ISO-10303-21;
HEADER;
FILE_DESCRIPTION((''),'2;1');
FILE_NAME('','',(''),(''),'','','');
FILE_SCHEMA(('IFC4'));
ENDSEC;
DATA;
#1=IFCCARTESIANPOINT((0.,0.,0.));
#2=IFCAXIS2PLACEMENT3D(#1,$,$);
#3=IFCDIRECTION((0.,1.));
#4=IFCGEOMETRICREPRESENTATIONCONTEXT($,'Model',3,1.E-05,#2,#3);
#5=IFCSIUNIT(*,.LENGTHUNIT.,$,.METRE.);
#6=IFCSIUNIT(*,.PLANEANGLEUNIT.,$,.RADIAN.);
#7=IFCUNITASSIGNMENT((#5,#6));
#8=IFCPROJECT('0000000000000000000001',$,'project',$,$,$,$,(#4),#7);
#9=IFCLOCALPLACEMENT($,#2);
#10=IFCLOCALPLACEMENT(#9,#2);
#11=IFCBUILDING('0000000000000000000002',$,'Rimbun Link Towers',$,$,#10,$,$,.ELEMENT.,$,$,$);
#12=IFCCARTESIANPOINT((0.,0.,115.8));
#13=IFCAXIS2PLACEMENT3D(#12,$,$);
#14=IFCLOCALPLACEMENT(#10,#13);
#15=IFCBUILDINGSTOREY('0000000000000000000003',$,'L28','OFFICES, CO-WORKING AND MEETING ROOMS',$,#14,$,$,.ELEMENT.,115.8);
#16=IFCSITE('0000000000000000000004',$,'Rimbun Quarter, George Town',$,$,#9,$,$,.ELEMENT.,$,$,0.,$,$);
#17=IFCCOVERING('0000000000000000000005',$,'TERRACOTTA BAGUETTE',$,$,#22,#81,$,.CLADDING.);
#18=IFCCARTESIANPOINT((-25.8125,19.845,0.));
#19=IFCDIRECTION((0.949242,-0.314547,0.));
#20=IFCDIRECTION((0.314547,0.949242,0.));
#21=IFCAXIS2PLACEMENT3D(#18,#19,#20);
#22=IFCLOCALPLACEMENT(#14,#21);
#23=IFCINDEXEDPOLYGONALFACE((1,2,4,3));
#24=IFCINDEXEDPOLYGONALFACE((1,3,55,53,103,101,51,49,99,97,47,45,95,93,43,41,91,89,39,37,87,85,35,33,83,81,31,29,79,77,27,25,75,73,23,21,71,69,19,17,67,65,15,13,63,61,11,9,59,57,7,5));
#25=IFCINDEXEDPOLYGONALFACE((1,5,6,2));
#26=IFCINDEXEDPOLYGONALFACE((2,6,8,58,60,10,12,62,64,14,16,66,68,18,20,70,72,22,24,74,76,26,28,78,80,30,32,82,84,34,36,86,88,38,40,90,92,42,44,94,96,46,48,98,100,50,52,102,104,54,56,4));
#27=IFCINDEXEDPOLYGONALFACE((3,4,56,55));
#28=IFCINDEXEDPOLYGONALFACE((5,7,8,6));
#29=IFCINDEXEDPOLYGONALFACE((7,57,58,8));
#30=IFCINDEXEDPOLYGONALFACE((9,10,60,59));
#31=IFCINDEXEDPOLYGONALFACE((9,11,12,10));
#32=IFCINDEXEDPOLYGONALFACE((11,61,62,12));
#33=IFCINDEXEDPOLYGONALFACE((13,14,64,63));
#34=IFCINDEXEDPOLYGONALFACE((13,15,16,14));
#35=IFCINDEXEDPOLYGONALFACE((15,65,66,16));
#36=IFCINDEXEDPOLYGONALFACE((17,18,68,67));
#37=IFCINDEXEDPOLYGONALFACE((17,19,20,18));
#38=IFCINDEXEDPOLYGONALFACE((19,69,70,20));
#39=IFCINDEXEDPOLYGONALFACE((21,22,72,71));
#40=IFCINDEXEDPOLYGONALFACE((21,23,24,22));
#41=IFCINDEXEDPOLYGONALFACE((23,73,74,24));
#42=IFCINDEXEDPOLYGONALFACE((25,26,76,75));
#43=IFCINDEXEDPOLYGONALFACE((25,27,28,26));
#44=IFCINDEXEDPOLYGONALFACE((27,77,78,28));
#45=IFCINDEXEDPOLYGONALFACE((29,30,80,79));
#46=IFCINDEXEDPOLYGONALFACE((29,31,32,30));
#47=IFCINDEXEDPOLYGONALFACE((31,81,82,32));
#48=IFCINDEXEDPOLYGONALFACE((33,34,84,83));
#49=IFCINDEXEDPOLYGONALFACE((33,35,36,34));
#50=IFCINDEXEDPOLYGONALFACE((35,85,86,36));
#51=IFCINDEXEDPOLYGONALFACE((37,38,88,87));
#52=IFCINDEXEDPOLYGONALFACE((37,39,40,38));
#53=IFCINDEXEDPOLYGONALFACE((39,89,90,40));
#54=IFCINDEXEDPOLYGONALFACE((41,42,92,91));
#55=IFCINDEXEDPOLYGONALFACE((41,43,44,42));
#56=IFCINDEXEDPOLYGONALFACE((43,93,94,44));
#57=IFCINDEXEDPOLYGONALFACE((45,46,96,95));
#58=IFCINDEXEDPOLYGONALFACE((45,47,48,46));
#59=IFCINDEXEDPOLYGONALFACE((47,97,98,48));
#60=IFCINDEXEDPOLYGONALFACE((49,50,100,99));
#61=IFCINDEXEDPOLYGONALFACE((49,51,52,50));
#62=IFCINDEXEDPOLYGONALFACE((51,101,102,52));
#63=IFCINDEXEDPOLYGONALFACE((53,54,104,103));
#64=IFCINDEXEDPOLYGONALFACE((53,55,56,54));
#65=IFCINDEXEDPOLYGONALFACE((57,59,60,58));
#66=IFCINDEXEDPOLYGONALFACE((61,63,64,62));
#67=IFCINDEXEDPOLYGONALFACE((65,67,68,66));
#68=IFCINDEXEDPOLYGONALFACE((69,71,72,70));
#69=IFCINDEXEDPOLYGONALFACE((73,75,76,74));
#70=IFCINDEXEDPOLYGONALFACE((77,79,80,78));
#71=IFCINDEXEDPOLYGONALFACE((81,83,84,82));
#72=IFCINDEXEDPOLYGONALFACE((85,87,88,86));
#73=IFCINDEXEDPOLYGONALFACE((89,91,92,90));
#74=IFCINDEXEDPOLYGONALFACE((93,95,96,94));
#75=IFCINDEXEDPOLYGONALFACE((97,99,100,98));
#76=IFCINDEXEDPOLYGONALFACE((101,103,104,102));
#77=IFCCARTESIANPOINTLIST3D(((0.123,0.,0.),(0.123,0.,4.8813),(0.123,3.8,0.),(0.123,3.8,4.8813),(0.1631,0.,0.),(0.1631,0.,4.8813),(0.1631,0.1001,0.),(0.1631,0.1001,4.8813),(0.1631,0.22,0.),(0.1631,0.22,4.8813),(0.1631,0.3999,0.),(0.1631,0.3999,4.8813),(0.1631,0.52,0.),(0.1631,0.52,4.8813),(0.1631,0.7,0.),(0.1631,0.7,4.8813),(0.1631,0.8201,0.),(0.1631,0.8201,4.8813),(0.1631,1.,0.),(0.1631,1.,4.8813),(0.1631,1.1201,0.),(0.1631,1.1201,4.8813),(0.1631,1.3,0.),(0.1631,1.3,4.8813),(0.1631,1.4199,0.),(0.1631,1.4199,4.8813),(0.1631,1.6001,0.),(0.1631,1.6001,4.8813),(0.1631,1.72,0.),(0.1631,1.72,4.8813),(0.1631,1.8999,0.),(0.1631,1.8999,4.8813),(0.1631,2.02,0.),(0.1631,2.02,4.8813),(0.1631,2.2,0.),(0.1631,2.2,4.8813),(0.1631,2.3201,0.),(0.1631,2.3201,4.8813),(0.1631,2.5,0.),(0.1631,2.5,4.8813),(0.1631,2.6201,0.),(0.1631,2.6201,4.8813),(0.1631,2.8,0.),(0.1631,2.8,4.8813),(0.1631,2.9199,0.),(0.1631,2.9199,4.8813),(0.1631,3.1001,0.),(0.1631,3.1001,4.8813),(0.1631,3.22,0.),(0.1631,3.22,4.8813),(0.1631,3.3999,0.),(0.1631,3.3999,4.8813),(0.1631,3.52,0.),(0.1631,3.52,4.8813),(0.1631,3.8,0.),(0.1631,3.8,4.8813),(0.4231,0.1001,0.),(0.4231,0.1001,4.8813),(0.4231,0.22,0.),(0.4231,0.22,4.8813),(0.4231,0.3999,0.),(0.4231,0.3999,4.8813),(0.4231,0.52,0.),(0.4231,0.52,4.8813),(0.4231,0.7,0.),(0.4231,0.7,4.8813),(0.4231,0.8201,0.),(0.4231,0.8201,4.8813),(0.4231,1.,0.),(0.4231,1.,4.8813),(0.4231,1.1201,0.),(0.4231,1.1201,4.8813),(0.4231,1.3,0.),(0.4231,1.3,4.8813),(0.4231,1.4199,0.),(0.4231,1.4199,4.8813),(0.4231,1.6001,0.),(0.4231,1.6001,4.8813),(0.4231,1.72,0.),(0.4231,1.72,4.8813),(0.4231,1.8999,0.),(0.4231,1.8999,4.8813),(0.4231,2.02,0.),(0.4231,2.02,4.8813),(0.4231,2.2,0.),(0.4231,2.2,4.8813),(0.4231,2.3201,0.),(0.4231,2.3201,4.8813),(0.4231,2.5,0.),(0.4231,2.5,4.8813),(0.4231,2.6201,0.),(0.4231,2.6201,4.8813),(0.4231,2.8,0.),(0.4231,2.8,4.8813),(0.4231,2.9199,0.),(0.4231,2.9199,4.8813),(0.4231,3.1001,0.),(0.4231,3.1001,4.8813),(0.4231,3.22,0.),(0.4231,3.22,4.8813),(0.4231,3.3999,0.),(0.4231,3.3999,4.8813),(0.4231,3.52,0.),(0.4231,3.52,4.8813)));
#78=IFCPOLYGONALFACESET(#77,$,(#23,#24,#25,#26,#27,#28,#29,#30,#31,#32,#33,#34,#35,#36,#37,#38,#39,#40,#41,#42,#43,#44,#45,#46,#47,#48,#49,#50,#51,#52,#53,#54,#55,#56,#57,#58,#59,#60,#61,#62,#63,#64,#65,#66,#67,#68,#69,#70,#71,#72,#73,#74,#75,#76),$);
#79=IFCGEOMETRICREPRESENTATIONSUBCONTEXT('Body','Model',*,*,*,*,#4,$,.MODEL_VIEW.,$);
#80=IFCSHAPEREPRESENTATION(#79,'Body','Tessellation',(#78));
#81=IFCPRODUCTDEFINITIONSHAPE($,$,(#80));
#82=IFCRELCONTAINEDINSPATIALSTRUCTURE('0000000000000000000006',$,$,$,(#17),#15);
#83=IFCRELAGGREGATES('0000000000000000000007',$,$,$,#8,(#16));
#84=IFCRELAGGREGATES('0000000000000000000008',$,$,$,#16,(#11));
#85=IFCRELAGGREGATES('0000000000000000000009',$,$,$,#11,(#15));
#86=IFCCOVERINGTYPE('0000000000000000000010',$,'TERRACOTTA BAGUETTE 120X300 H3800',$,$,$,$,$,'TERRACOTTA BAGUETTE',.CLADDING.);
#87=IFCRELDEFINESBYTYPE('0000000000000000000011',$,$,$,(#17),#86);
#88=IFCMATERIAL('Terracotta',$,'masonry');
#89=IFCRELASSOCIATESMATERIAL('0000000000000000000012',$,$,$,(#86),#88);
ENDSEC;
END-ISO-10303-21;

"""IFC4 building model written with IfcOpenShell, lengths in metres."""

from ifc_helpers import new_model, si_unit, direction, frame, origin, place, context, subcontext, project, spatial, polyline, outline, extrude, material, material_profile, profile_set, type_object, element, save


model = new_model("IFC4")

# Units and contexts
model_context = context("Model", 3, precision=1e-05, world=origin(), true_north=direction((0.0, 1.0)))
body_context = subcontext(model_context, "Body", "Model", "MODEL_VIEW")
ifc_project = project(units=[si_unit("LENGTHUNIT", "METRE"), si_unit("PLANEANGLEUNIT", "RADIAN")], contexts=[model_context])

# Site, building, storey
site_placement = place(None, origin())
site = spatial("IfcSite", under=ifc_project, at=site_placement, Name="Rimbun Quarter, George Town", CompositionType="ELEMENT", RefElevation=0.0)
building_placement = place(site_placement, origin())
building = spatial("IfcBuilding", under=site, at=building_placement, Name="Rimbun Link Towers", CompositionType="ELEMENT")
storey_placement = place(building_placement, frame((0.0, 0.0, 115.8)))
storey = spatial("IfcBuildingStorey", under=building, at=storey_placement, Name="L28", Description="OFFICES, CO-WORKING AND MEETING ROOMS", CompositionType="ELEMENT", Elevation=115.8)

# Covering
ifc_material_1 = material(Name="Terracotta", Category="masonry")
ifc_material_profile_1 = material_profile(ifc_material_1, outline(polyline([(0.123, 0.0), (0.1631, 0.0), (0.1631, 0.1001), (0.4231, 0.1001), (0.4231, 0.22), (0.1631, 0.22), (0.1631, 0.3999), (0.4231, 0.3999), (0.4231, 0.52), (0.1631, 0.52), (0.1631, 0.7), (0.4231, 0.7), (0.4231, 0.8201), (0.1631, 0.8201), (0.1631, 1.0), (0.4231, 1.0), (0.4231, 1.1201), (0.1631, 1.1201), (0.1631, 1.3), (0.4231, 1.3), (0.4231, 1.4199), (0.1631, 1.4199), (0.1631, 1.6001), (0.4231, 1.6001), (0.4231, 1.72), (0.1631, 1.72), (0.1631, 1.8999), (0.4231, 1.8999), (0.4231, 2.02), (0.1631, 2.02), (0.1631, 2.2), (0.4231, 2.2), (0.4231, 2.3201), (0.1631, 2.3201), (0.1631, 2.5), (0.4231, 2.5), (0.4231, 2.6201), (0.1631, 2.6201), (0.1631, 2.8), (0.4231, 2.8), (0.4231, 2.9199), (0.1631, 2.9199), (0.1631, 3.1001), (0.4231, 3.1001), (0.4231, 3.22), (0.1631, 3.22), (0.1631, 3.3999), (0.4231, 3.3999), (0.4231, 3.52), (0.1631, 3.52), (0.1631, 3.8), (0.123, 3.8), (0.123, 0.0)])), Name="BAGUETTE 120X300")
ifc_profile_set_1 = profile_set([ifc_material_profile_1], Name="Terracotta")
covering_type = type_object("IfcCoveringType", Name="TERRACOTTA BAGUETTE 120X300 H3800", ElementType="TERRACOTTA BAGUETTE", PredefinedType="CLADDING", material=ifc_profile_set_1)
covering_1_placement = place(storey_placement, frame((-25.8125, 19.845, 0.0), z_axis=(0.949242, -0.314547, 0.0), x_axis=(0.314547, 0.949242, 0.0)))
element("IfcCovering", 1, at=covering_1_placement, inside=storey, type_object=covering_type, Name="TERRACOTTA BAGUETTE", PredefinedType="CLADDING", context=body_context, shape_type="SweptSolid", body=[
    extrude(outline(polyline([(0.123, 0.0), (0.1631, 0.0), (0.1631, 0.1001), (0.4231, 0.1001), (0.4231, 0.22), (0.1631, 0.22), (0.1631, 0.3999), (0.4231, 0.3999), (0.4231, 0.52), (0.1631, 0.52), (0.1631, 0.7), (0.4231, 0.7), (0.4231, 0.8201), (0.1631, 0.8201), (0.1631, 1.0), (0.4231, 1.0), (0.4231, 1.1201), (0.1631, 1.1201), (0.1631, 1.3), (0.4231, 1.3), (0.4231, 1.4199), (0.1631, 1.4199), (0.1631, 1.6001), (0.4231, 1.6001), (0.4231, 1.72), (0.1631, 1.72), (0.1631, 1.8999), (0.4231, 1.8999), (0.4231, 2.02), (0.1631, 2.02), (0.1631, 2.2), (0.4231, 2.2), (0.4231, 2.3201), (0.1631, 2.3201), (0.1631, 2.5), (0.4231, 2.5), (0.4231, 2.6201), (0.1631, 2.6201), (0.1631, 2.8), (0.4231, 2.8), (0.4231, 2.9199), (0.1631, 2.9199), (0.1631, 3.1001), (0.4231, 3.1001), (0.4231, 3.22), (0.1631, 3.22), (0.1631, 3.3999), (0.4231, 3.3999), (0.4231, 3.52), (0.1631, 3.52), (0.1631, 3.8), (0.123, 3.8), (0.123, 0.0)])), origin(), (0.0, 0.0, 1.0), 4.8813),
])

save(model, "model.ifc")
